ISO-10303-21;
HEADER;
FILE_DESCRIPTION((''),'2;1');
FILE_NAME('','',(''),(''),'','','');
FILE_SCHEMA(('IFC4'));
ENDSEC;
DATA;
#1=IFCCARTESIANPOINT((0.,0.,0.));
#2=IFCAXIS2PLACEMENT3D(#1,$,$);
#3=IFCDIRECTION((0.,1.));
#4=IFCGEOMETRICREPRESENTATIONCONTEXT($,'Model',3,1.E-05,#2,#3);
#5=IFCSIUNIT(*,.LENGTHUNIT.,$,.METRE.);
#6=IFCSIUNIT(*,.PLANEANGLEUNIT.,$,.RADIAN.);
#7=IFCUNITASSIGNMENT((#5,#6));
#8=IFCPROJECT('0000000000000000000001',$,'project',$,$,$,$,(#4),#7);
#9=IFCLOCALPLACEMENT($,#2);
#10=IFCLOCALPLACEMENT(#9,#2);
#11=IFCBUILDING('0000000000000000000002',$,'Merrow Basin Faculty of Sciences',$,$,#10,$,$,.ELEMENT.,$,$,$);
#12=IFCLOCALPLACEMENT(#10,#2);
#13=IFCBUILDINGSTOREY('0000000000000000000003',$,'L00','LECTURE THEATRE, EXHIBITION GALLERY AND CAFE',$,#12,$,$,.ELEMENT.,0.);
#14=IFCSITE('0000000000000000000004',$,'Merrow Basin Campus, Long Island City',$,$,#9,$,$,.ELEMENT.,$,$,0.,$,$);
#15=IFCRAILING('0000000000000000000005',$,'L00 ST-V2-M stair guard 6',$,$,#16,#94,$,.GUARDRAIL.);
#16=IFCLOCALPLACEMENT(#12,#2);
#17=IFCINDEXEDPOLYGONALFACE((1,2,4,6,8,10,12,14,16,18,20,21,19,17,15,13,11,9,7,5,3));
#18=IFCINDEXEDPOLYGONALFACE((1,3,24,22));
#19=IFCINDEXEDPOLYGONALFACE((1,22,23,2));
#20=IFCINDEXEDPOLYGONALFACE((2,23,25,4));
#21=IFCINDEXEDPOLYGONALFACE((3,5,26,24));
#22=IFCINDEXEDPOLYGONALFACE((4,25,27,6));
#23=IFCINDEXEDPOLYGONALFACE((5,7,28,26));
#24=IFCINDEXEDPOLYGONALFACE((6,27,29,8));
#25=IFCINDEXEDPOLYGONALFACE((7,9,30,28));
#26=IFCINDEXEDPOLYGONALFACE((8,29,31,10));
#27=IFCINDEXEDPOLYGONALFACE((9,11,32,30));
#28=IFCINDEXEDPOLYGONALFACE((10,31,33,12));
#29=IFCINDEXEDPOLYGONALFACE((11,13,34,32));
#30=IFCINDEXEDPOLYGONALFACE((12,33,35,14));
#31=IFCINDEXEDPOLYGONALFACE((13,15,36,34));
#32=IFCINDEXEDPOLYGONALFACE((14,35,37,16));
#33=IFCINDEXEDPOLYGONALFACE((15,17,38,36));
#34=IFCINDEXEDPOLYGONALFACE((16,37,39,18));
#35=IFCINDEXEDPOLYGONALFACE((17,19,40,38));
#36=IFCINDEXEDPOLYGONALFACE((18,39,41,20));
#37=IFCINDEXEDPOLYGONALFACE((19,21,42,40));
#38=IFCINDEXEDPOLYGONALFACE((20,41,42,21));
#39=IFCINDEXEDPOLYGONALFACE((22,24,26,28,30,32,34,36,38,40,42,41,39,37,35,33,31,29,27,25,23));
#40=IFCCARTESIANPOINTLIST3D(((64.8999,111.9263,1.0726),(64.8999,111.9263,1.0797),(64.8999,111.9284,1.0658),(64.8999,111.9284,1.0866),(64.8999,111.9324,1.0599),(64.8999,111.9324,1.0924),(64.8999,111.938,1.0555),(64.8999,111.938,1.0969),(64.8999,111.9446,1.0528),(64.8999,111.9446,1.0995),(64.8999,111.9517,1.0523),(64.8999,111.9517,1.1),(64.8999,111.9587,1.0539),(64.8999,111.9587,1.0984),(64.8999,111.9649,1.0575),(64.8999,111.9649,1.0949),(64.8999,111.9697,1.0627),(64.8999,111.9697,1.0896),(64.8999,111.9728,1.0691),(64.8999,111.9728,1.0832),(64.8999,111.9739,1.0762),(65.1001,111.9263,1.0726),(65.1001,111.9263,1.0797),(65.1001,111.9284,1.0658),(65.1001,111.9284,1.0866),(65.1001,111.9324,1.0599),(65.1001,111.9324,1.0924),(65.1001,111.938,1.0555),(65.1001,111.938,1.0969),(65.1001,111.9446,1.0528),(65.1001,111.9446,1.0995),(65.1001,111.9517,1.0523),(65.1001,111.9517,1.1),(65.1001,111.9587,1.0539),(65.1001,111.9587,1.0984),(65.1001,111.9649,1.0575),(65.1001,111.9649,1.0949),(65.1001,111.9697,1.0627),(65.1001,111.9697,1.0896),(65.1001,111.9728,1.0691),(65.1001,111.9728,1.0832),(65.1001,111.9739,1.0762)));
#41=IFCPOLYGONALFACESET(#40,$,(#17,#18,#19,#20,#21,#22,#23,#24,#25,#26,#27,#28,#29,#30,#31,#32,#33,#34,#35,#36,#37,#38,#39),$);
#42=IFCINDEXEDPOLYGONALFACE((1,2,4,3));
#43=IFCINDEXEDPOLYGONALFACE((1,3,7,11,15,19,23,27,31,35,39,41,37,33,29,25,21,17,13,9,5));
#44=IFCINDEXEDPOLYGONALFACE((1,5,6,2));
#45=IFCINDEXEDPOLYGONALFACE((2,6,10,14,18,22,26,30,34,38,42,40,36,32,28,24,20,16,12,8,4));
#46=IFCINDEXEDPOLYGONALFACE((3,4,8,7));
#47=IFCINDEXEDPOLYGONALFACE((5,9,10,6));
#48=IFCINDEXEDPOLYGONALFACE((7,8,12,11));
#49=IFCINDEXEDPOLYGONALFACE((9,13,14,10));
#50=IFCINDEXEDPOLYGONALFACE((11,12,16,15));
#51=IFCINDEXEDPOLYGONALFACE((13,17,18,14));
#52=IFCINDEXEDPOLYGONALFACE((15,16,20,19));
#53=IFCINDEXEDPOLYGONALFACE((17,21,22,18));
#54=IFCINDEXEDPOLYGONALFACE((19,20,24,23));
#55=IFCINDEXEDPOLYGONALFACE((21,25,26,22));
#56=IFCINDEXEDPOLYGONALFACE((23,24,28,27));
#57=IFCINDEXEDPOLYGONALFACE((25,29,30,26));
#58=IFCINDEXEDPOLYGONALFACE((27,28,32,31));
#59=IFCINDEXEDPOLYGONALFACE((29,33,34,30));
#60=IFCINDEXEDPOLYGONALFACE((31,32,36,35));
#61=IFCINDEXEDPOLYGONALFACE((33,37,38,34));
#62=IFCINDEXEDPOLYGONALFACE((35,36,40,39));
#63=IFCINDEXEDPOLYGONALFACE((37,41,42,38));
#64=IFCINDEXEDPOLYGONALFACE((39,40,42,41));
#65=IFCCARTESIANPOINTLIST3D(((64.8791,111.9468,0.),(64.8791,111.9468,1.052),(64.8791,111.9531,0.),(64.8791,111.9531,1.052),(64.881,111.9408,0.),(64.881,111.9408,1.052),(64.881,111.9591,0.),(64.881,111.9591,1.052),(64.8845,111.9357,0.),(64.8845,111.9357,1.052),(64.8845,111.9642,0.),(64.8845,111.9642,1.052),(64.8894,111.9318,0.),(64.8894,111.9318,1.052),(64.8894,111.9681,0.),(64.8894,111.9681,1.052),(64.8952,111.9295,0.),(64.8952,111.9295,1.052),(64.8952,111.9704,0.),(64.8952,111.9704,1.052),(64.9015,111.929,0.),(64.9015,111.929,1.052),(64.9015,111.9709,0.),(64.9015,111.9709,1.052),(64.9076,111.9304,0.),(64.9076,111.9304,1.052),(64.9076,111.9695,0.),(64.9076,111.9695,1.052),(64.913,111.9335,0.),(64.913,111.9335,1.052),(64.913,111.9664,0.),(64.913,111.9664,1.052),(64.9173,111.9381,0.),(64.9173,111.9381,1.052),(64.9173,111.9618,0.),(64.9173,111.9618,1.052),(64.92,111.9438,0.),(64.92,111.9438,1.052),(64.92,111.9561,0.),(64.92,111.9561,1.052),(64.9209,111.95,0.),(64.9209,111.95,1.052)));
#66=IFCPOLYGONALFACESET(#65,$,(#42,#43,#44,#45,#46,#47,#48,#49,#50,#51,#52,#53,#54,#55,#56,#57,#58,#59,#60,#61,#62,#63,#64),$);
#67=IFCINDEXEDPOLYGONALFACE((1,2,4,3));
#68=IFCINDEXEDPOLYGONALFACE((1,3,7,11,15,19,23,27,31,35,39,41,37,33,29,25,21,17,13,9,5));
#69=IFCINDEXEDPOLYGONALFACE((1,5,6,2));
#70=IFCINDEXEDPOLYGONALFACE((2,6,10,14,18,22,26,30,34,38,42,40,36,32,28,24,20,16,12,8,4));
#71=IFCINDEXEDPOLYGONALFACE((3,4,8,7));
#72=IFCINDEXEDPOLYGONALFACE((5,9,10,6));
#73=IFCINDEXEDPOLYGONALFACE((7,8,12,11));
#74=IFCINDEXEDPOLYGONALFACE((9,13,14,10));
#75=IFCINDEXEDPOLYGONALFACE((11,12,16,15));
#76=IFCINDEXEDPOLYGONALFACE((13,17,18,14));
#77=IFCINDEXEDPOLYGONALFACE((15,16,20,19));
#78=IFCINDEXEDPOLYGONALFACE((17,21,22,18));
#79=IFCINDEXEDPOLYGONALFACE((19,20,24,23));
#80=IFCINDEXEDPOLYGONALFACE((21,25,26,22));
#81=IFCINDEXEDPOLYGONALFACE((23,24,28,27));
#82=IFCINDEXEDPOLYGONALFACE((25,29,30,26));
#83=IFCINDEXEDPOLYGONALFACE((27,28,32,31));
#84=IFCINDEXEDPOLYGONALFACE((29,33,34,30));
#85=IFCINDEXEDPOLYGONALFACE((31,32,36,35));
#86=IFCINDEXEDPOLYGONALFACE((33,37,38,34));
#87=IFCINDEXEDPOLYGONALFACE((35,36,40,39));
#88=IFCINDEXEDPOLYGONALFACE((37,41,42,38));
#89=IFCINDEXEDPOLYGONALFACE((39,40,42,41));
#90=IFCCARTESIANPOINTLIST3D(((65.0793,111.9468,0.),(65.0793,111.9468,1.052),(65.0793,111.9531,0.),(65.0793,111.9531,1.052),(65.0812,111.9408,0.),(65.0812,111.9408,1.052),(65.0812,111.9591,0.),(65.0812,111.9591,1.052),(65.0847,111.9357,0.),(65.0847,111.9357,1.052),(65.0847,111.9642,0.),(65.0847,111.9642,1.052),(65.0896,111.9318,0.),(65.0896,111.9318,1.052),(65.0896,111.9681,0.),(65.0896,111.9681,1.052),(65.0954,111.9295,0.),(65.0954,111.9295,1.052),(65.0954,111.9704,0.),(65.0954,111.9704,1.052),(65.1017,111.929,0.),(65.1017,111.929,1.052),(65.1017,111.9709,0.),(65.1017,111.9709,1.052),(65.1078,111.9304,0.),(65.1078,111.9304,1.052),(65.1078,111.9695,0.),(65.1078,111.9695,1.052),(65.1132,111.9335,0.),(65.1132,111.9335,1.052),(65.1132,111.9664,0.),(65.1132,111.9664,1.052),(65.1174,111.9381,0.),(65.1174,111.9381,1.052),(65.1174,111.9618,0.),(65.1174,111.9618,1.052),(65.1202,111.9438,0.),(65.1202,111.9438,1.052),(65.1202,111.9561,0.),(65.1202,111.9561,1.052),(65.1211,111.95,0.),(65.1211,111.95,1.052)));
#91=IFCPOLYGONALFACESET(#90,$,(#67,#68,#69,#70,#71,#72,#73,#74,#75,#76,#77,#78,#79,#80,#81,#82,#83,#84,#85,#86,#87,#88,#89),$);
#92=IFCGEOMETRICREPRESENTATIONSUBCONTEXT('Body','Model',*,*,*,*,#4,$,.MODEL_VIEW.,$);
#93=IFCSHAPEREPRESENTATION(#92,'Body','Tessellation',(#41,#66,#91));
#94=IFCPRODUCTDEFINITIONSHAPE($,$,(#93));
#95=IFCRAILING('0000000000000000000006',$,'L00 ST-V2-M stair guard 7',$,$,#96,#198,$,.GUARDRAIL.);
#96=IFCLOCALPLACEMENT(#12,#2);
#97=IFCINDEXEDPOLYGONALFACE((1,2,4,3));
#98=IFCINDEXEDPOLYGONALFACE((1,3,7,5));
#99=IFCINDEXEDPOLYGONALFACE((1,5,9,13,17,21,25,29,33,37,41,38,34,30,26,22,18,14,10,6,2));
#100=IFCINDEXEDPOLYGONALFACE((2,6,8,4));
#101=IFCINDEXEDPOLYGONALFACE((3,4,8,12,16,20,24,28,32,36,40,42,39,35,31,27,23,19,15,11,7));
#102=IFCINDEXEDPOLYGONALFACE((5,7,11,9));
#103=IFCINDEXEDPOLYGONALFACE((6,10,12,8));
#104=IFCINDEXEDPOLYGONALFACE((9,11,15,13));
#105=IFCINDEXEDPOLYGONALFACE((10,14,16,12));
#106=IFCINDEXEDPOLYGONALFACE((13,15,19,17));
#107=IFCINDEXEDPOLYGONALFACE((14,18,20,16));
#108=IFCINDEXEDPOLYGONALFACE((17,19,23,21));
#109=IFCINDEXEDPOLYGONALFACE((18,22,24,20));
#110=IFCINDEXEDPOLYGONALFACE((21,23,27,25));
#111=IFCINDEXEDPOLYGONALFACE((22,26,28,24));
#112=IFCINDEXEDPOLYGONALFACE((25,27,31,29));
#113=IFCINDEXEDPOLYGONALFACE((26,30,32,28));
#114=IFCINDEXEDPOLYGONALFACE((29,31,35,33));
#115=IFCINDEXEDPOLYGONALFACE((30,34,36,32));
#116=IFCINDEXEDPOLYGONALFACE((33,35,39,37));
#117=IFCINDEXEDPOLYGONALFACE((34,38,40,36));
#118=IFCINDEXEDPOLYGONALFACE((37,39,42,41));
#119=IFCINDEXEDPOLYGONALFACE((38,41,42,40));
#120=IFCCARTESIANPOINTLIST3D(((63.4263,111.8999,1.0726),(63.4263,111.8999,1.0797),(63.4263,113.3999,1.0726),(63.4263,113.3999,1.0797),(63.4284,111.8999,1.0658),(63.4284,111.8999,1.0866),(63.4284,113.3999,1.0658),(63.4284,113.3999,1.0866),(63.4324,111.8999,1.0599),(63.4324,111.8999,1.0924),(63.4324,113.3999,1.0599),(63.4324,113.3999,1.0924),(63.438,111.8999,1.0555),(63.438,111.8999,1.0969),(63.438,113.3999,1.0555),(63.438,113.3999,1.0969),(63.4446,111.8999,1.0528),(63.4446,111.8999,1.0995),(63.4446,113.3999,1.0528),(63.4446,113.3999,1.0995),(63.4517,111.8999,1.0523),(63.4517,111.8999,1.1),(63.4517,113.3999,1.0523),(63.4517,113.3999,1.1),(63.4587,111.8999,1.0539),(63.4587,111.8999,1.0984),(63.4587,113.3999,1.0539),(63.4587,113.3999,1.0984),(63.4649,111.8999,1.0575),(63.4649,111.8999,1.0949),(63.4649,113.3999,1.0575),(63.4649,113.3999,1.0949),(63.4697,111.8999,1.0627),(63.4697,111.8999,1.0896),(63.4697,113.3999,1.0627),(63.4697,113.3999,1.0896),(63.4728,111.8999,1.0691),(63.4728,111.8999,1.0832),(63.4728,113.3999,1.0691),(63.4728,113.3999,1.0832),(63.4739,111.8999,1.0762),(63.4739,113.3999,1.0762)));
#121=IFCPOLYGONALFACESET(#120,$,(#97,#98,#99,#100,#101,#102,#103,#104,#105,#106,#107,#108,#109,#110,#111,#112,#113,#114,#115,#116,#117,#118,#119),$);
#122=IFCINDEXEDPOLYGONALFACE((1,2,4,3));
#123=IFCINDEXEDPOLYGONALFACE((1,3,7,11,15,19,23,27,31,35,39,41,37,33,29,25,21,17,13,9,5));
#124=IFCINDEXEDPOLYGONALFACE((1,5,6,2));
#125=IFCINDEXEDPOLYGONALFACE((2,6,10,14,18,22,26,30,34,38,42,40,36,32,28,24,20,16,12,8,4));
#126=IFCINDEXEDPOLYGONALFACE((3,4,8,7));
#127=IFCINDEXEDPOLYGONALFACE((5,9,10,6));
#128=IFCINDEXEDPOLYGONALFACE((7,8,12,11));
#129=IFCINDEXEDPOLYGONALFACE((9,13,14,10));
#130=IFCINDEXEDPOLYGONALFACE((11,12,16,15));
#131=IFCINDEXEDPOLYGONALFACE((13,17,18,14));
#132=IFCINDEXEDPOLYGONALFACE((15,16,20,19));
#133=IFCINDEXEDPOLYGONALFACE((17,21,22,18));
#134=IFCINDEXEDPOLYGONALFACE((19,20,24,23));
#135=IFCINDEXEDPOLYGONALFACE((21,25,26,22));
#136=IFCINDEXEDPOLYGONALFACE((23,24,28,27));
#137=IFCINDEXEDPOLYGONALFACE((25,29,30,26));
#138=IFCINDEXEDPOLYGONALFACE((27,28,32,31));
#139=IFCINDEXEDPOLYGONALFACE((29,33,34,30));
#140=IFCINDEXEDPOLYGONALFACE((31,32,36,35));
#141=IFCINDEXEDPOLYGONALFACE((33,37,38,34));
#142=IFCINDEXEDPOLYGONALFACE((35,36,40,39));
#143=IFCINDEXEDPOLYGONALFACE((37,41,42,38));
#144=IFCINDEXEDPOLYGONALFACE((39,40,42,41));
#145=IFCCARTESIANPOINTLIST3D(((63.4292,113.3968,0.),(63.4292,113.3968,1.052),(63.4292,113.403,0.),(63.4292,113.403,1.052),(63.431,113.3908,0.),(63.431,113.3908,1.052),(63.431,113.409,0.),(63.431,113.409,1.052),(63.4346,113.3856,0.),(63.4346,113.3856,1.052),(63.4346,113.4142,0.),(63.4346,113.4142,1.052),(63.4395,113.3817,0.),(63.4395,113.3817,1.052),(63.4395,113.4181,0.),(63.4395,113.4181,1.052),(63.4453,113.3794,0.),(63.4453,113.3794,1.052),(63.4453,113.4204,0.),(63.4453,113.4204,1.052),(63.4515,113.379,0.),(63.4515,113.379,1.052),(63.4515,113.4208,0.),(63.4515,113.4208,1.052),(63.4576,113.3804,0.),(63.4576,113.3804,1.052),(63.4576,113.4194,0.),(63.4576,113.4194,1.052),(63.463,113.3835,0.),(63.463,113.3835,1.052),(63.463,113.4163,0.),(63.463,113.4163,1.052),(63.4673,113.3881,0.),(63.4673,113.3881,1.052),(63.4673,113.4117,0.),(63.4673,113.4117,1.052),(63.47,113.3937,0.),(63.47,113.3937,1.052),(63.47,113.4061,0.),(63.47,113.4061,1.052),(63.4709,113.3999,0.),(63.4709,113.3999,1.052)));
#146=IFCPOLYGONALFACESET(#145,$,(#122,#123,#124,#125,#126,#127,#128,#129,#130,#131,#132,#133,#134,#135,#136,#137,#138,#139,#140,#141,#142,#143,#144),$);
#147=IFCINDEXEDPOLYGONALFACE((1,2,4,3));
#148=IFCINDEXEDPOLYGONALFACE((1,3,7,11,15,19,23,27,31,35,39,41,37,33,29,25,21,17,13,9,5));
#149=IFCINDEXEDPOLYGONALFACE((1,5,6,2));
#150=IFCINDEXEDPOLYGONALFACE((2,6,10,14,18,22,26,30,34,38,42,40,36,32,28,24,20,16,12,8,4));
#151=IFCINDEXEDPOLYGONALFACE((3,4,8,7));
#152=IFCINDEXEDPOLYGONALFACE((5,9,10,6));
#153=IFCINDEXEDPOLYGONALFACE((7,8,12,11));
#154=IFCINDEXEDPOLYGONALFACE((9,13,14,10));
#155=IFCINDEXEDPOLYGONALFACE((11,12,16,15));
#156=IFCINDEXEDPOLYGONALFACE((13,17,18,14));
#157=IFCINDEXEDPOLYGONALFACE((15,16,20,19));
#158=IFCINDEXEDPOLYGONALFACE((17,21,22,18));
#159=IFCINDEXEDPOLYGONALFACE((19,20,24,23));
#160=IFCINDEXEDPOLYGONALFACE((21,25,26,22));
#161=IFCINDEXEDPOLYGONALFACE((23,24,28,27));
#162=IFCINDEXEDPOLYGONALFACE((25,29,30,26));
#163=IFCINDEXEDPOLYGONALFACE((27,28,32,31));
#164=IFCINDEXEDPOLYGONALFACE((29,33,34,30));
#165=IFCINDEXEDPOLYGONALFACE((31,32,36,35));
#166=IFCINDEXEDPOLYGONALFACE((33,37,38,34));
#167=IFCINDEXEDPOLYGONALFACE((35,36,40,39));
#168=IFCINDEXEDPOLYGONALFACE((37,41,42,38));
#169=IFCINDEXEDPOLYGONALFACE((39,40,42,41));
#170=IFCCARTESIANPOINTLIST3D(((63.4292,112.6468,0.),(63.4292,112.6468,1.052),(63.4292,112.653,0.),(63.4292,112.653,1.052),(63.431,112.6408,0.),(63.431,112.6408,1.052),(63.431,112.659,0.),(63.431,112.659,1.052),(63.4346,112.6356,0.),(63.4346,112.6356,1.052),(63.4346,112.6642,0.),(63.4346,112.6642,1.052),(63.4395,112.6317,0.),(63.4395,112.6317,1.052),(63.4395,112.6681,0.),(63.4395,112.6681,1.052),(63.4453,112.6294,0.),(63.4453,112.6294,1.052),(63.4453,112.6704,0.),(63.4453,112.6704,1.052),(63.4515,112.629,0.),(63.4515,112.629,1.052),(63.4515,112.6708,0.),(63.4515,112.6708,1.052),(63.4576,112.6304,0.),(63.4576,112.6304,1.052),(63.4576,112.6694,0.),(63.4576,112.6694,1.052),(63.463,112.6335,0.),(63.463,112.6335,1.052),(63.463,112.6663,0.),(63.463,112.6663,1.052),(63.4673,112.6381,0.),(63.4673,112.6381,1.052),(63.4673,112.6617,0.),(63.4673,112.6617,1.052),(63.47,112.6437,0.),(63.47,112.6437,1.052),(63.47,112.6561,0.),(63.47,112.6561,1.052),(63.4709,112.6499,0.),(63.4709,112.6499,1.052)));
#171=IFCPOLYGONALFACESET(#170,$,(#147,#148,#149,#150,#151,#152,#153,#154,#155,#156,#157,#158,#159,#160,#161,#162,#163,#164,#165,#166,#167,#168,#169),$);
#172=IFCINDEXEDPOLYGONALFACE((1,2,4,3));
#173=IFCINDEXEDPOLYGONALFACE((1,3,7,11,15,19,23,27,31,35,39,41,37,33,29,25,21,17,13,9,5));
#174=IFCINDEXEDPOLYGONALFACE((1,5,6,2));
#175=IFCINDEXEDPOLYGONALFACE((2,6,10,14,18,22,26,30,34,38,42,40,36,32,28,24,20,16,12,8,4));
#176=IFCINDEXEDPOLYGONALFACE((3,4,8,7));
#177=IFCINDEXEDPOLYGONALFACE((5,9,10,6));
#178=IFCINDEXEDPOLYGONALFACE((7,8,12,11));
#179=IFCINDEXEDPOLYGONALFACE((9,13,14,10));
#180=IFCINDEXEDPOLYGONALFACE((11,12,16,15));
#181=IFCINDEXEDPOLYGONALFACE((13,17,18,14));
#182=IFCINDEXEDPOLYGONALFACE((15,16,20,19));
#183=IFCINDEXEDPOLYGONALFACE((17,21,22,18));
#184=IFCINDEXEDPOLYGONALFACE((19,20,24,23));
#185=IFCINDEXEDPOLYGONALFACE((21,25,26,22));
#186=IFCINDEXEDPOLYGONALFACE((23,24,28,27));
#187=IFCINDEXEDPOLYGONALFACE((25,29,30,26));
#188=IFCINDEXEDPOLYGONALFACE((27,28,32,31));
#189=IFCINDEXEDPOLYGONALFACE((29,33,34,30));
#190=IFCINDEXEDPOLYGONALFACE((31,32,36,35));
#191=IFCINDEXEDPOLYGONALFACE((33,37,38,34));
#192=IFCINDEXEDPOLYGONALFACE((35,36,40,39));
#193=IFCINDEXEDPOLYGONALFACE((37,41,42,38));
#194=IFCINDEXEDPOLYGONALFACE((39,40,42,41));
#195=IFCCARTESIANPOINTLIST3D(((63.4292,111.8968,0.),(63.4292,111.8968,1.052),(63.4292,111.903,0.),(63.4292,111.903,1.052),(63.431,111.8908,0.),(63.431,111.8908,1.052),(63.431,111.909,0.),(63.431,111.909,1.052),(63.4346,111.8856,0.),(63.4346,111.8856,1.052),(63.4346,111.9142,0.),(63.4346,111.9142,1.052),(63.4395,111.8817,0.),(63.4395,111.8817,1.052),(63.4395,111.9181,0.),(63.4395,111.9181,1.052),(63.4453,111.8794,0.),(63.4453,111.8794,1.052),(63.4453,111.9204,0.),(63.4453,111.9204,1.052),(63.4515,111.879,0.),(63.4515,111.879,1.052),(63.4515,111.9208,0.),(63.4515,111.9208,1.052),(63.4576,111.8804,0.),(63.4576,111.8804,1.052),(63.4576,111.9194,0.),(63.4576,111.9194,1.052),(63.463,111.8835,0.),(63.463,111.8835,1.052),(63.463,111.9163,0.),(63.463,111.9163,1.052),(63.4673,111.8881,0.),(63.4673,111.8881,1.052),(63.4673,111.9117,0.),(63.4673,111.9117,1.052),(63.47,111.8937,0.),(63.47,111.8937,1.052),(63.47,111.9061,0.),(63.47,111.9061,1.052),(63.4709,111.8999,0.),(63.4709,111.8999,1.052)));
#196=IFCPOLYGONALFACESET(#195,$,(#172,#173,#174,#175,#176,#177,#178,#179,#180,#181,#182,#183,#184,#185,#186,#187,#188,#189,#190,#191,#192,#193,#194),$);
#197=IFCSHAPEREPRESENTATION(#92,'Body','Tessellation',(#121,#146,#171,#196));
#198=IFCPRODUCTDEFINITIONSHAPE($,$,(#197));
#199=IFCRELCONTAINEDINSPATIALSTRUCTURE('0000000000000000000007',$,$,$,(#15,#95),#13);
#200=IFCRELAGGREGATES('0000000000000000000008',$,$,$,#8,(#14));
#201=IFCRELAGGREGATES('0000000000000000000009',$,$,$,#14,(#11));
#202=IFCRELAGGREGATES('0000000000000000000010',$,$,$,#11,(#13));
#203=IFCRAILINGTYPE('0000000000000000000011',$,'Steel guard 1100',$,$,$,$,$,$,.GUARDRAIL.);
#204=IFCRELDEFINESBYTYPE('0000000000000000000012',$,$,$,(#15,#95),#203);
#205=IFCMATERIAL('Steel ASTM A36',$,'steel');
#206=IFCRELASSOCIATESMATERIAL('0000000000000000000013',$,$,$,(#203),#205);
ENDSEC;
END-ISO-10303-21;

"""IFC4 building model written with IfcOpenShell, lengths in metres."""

from ifc_helpers import new_model, si_unit, direction, frame, origin, origin_2d, place, context, subcontext, project, spatial, circle, extrude, material, type_object, element, save


model = new_model("IFC4")

# Units and contexts
model_context = context("Model", 3, precision=1e-05, world=origin(), true_north=direction((0.0, 1.0)))
body_context = subcontext(model_context, "Body", "Model", "MODEL_VIEW")
ifc_project = project(units=[si_unit("LENGTHUNIT", "METRE"), si_unit("PLANEANGLEUNIT", "RADIAN")], contexts=[model_context])

# Site, building, storey
site_placement = place(None, origin())
site = spatial("IfcSite", under=ifc_project, at=site_placement, Name="Merrow Basin Campus, Long Island City", CompositionType="ELEMENT", RefElevation=0.0)
building_placement = place(site_placement, origin())
building = spatial("IfcBuilding", under=site, at=building_placement, Name="Merrow Basin Faculty of Sciences", CompositionType="ELEMENT")
storey_placement = place(building_placement, origin())
storey = spatial("IfcBuildingStorey", under=building, at=storey_placement, Name="L00", Description="LECTURE THEATRE, EXHIBITION GALLERY AND CAFE", CompositionType="ELEMENT", Elevation=0.0)

# Railings
ifc_material_1 = material(Name="Steel ASTM A36", Category="steel")
railing_type_1 = type_object("IfcRailingType", Name="Steel guard 1100", PredefinedType="GUARDRAIL", material=ifc_material_1)
railing_1_placement = place(storey_placement, frame((64.8999, 111.95, 0.0)))
element("IfcRailing", 1, at=railing_1_placement, inside=storey, type_object=railing_type_1, Name="L00 ST-V2-M stair guard 6", PredefinedType="GUARDRAIL", context=body_context, shape_type="SweptSolid", body=[
    extrude(circle(Radius=0.0239, at=origin_2d()), frame((0.0, 0.0, 1.0762), z_axis=(1.0, 0.0, 0.0), x_axis=(0.0, 1.0, 0.0)), (0.0, 0.0, 1.0), 0.2002),
    extrude(circle(Radius=0.021, at=origin_2d()), origin(), (0.0, 0.0, 1.0), 1.052),
    extrude(circle(Radius=0.021, at=origin_2d()), frame((0.2002, 0.0, 0.0)), (0.0, 0.0, 1.0), 1.052),
])
railing_2_placement = place(storey_placement, frame((63.45, 113.3999, 0.0)))
element("IfcRailing", 2, at=railing_2_placement, inside=storey, type_object=railing_type_1, Name="L00 ST-V2-M stair guard 7", PredefinedType="GUARDRAIL", context=body_context, shape_type="SweptSolid", body=[
    extrude(circle(Radius=0.0239, at=origin_2d()), frame((0.0, 0.0, 1.0762), z_axis=(0.0, -1.0, 0.0), x_axis=(1.0, 0.0, 0.0)), (0.0, 0.0, 1.0), 1.5),
    extrude(circle(Radius=0.021, at=origin_2d()), origin(), (0.0, 0.0, 1.0), 1.052),
    extrude(circle(Radius=0.021, at=origin_2d()), frame((0.0, -0.75, 0.0)), (0.0, 0.0, 1.0), 1.052),
    extrude(circle(Radius=0.021, at=origin_2d()), frame((0.0, -1.5, 0.0)), (0.0, 0.0, 1.0), 1.052),
])

save(model, "model.ifc")
